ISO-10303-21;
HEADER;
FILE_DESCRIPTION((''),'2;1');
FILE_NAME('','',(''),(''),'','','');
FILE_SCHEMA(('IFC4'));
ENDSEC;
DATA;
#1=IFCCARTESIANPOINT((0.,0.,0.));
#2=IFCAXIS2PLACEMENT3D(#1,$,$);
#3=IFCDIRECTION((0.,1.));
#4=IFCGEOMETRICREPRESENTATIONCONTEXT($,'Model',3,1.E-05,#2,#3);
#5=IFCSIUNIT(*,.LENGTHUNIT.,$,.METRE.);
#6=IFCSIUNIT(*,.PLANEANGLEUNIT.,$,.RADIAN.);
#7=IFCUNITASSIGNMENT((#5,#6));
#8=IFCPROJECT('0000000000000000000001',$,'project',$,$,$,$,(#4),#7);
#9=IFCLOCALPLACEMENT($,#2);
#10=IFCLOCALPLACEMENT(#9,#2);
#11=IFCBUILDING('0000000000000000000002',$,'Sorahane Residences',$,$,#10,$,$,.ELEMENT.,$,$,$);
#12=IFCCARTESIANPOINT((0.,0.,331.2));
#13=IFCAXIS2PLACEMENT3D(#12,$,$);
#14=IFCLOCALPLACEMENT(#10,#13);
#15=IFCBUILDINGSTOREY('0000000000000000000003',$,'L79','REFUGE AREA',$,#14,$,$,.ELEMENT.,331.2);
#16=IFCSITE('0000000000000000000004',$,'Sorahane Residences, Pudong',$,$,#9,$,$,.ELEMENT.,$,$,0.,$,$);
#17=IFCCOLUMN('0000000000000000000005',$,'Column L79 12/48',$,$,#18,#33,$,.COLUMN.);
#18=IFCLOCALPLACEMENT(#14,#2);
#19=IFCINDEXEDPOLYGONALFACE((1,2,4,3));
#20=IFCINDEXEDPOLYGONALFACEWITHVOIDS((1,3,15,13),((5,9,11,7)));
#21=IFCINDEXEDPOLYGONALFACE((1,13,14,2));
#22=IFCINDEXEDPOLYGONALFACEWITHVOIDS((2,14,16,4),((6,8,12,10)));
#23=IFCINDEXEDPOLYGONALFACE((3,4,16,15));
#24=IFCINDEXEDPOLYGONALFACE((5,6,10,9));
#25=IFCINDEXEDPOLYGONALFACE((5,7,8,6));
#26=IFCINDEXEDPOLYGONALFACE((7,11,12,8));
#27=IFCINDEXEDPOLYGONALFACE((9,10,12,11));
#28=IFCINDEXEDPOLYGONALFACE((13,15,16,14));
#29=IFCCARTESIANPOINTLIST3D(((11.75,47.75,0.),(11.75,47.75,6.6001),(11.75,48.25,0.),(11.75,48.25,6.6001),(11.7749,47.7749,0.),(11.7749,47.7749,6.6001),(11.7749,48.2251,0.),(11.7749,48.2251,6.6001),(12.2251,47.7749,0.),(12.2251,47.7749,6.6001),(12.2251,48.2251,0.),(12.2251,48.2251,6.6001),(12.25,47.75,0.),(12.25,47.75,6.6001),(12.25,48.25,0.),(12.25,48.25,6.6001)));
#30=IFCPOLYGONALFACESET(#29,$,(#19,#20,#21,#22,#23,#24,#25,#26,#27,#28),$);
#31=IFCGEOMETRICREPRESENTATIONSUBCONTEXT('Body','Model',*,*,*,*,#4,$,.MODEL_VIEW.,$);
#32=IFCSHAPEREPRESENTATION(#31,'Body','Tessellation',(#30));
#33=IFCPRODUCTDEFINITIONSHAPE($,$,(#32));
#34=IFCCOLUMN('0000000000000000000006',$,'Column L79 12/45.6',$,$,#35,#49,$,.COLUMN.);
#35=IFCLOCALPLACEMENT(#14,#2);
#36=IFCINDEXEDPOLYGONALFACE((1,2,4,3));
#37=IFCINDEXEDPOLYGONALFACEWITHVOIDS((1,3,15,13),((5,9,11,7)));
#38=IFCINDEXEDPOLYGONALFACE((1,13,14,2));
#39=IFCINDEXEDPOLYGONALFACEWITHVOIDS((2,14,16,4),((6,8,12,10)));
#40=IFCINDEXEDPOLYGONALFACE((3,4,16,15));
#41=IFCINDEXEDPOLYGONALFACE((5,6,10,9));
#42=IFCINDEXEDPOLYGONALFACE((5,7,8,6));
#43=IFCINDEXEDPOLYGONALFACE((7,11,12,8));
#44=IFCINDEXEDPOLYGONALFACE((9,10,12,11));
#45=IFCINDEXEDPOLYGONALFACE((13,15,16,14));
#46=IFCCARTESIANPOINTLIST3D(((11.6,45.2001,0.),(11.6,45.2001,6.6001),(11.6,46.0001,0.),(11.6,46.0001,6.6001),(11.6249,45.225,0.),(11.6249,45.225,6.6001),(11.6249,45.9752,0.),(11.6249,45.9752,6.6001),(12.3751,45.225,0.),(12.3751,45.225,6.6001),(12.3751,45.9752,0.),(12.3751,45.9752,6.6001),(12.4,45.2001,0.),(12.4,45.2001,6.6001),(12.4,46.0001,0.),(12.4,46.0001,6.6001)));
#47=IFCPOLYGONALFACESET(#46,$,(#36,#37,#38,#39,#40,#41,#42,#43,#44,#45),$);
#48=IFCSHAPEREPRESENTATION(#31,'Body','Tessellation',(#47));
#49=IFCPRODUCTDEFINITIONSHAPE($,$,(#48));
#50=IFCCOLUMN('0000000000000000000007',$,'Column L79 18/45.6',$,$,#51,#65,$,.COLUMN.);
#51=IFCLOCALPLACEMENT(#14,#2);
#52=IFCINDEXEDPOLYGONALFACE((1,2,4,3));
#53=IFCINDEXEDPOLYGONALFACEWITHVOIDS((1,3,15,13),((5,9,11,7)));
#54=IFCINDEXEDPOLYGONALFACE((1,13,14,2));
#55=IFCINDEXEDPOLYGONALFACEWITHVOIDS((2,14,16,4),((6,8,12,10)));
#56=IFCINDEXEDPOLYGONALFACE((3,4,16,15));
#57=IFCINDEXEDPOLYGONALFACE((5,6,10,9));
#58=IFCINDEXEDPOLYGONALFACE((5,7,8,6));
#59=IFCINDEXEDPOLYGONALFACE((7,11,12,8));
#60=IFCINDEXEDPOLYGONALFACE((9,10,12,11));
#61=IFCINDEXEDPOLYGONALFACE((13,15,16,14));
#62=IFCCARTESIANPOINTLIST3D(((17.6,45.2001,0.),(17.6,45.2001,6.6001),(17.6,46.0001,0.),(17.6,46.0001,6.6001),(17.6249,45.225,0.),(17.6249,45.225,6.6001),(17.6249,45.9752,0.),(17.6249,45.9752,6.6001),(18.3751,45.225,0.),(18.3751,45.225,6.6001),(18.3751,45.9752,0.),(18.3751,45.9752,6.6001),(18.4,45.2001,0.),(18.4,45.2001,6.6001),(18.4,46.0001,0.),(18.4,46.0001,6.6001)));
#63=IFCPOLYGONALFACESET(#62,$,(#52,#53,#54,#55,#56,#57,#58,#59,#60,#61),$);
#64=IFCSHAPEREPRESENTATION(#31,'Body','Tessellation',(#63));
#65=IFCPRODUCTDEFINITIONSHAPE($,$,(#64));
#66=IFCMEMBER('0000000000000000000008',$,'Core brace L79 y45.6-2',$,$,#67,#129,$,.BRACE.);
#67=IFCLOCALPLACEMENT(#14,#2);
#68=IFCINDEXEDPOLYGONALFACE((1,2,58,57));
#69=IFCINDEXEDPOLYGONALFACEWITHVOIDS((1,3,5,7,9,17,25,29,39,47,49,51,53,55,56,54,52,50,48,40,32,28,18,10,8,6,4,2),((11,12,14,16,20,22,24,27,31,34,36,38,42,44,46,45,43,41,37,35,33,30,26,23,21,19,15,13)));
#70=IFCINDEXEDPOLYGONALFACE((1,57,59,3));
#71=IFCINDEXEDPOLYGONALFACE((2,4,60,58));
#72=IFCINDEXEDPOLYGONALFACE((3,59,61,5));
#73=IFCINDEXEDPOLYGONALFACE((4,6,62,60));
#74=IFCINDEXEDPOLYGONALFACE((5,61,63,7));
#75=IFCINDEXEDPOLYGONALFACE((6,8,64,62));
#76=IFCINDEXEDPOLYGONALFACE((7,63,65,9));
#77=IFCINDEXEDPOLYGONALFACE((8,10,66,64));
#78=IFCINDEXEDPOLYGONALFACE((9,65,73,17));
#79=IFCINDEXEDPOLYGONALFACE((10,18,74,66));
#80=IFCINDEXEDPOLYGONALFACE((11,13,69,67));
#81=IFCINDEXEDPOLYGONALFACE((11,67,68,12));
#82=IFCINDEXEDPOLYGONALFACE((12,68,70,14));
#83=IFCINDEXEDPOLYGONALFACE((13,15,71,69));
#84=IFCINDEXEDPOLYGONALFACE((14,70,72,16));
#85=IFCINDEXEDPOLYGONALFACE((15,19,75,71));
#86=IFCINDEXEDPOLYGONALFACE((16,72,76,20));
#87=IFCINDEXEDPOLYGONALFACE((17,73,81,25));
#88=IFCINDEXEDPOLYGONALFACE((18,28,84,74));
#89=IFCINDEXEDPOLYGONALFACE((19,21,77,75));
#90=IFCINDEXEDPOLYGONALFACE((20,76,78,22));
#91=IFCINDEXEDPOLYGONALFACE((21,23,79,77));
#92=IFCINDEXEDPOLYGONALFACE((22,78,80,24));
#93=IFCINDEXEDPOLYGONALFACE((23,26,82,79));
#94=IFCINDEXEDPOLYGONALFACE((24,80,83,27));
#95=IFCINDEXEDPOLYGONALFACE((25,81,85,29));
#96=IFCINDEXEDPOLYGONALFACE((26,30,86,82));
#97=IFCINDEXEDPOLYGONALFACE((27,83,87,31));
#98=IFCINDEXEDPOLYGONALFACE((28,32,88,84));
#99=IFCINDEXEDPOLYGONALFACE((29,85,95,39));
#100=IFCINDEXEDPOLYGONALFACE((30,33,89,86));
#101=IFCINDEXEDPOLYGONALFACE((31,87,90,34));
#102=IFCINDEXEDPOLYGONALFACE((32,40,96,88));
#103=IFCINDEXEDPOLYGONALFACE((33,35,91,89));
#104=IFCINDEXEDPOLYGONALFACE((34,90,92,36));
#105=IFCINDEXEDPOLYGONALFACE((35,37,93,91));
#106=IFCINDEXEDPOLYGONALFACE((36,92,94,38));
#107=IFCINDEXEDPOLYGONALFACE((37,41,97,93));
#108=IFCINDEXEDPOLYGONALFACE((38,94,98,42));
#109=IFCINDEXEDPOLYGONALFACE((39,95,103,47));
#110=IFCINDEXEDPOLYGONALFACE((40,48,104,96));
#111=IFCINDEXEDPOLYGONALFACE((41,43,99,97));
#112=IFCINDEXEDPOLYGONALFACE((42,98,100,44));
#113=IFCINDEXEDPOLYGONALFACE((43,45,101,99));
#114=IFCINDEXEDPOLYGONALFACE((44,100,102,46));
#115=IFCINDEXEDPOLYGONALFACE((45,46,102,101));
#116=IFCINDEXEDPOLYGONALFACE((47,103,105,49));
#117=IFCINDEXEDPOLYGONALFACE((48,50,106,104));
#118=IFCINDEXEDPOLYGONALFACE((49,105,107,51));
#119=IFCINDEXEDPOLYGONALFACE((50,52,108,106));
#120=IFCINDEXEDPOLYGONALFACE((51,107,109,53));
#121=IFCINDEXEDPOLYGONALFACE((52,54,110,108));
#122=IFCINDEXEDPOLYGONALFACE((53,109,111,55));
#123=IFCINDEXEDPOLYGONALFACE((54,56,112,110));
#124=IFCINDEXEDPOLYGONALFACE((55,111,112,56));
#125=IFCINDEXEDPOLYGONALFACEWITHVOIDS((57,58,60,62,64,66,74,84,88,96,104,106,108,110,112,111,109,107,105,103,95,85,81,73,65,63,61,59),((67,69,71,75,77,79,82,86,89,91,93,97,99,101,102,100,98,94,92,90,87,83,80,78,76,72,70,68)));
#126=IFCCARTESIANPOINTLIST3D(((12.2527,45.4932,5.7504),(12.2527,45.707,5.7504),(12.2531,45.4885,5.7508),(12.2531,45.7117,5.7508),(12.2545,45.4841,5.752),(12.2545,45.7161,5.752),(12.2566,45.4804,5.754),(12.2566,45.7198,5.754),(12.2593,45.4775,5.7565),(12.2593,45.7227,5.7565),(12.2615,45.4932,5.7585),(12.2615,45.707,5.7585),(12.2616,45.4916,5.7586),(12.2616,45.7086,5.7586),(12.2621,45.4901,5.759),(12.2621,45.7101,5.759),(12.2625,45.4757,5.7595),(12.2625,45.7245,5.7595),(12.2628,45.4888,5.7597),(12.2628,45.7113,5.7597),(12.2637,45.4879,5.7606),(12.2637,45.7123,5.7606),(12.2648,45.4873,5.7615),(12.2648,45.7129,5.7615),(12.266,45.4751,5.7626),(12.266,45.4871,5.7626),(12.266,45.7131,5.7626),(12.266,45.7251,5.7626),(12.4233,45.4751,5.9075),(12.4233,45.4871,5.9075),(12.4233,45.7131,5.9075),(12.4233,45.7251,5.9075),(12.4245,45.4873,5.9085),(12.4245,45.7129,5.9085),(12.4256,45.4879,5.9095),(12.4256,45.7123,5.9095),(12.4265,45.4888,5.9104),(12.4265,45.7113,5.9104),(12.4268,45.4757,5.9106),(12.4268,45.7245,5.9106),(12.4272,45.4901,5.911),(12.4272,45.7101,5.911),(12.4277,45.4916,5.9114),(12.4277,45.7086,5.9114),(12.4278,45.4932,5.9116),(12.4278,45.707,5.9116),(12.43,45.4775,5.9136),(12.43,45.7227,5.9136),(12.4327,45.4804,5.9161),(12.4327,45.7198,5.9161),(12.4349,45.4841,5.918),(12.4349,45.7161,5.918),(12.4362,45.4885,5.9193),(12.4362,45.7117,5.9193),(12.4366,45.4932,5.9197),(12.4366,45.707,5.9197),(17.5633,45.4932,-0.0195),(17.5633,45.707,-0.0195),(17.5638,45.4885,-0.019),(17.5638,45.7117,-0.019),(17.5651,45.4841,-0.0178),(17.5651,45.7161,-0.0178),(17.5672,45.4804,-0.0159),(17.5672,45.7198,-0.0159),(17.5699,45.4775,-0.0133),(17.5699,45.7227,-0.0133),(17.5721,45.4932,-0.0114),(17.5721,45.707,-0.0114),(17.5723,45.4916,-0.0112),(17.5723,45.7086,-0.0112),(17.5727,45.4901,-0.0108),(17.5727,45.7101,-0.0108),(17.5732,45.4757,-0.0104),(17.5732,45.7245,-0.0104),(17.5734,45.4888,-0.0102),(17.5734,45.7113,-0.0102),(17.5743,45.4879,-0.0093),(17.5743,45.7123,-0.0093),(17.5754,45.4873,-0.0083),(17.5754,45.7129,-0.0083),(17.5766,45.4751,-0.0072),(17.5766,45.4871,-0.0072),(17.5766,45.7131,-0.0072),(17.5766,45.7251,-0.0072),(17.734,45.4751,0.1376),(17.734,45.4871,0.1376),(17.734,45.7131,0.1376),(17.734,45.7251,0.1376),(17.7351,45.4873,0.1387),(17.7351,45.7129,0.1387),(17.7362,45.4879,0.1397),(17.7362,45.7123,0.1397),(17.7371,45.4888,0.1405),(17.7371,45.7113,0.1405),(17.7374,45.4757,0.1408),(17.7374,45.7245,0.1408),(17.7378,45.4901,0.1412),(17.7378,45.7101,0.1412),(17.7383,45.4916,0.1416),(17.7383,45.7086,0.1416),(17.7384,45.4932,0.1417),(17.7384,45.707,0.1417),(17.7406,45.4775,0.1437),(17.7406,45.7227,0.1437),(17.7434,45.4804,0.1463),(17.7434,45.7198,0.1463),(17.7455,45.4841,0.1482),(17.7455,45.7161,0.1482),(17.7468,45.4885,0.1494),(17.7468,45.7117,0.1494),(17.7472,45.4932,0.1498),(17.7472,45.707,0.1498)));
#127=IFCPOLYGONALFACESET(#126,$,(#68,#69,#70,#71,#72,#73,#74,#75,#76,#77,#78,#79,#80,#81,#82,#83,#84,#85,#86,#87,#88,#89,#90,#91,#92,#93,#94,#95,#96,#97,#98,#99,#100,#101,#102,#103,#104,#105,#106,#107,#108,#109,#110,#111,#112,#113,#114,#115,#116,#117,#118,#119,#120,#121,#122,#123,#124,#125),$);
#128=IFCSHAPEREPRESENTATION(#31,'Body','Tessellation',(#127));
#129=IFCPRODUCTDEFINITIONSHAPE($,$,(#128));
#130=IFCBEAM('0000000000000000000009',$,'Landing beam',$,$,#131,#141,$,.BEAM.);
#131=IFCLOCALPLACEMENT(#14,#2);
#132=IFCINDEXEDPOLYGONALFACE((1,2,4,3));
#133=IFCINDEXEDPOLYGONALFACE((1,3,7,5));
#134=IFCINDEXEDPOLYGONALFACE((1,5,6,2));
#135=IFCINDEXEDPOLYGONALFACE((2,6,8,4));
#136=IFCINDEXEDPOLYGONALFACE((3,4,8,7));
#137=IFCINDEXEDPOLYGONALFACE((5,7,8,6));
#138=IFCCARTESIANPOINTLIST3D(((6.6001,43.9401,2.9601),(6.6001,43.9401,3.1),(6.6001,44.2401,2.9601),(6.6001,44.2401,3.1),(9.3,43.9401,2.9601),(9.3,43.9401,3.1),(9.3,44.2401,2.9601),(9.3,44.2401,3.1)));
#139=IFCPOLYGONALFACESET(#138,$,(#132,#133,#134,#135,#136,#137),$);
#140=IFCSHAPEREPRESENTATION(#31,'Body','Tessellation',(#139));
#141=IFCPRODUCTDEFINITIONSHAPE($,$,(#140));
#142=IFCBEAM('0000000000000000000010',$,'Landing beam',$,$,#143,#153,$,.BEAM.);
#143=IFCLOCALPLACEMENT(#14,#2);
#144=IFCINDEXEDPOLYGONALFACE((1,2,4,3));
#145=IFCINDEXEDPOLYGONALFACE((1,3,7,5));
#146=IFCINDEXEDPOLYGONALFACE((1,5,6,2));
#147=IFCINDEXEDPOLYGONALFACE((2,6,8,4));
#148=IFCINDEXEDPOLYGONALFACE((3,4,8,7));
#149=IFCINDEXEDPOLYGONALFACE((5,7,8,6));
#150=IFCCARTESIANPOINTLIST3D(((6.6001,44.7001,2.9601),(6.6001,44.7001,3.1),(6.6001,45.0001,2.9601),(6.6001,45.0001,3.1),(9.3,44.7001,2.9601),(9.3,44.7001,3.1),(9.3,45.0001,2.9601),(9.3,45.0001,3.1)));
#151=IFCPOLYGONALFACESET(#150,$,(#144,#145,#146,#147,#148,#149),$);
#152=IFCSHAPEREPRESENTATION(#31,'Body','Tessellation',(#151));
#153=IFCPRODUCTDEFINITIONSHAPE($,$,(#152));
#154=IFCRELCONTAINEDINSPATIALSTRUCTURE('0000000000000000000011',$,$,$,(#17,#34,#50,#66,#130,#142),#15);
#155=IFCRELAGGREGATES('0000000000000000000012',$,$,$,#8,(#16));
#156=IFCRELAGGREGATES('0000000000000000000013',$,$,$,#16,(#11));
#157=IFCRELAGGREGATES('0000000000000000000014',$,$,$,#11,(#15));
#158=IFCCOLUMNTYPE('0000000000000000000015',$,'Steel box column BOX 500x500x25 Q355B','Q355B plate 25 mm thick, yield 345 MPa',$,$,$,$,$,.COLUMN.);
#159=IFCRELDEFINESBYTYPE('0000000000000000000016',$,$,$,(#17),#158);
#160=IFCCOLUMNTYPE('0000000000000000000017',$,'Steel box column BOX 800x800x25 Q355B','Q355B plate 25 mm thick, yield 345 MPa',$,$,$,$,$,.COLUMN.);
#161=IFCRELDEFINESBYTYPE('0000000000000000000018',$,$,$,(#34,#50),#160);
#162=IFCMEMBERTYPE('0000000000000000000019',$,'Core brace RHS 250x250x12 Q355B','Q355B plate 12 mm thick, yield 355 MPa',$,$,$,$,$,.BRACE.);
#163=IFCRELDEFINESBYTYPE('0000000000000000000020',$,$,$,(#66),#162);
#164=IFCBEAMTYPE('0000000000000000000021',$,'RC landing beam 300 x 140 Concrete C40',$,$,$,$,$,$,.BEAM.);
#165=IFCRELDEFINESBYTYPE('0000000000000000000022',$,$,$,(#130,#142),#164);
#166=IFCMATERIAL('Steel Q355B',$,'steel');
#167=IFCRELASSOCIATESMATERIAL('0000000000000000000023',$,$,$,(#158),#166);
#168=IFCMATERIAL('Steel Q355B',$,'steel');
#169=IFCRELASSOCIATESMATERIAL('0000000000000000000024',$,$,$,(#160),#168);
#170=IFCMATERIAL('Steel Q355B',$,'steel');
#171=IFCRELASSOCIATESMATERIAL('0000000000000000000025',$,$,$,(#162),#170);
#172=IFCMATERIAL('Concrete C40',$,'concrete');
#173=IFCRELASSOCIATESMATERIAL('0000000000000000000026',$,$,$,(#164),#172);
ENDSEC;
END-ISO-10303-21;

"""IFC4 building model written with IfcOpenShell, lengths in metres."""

from ifc_helpers import new_model, si_unit, direction, frame, origin, origin_2d, place, context, subcontext, project, spatial, rectangle, hollow_rectangle, extrude, material, material_profile, profile_set, type_object, element, save


model = new_model("IFC4")

# Units and contexts
model_context = context("Model", 3, precision=1e-05, world=origin(), true_north=direction((0.0, 1.0)))
body_context = subcontext(model_context, "Body", "Model", "MODEL_VIEW")
ifc_project = project(units=[si_unit("LENGTHUNIT", "METRE"), si_unit("PLANEANGLEUNIT", "RADIAN")], contexts=[model_context])

# Site, building, storey
site_placement = place(None, origin())
site = spatial("IfcSite", under=ifc_project, at=site_placement, Name="Sorahane Residences, Pudong", CompositionType="ELEMENT", RefElevation=0.0)
building_placement = place(site_placement, origin())
building = spatial("IfcBuilding", under=site, at=building_placement, Name="Sorahane Residences", CompositionType="ELEMENT")
storey_placement = place(building_placement, frame((0.0, 0.0, 331.2)))
storey = spatial("IfcBuildingStorey", under=building, at=storey_placement, Name="L79", Description="REFUGE AREA", CompositionType="ELEMENT", Elevation=331.2)

# Columns
ifc_material_1 = material(Name="Steel Q355B", Category="steel")
ifc_material_profile_1 = material_profile(ifc_material_1, hollow_rectangle(XDim=0.5, YDim=0.5, WallThickness=0.0249, at=origin_2d()), Name="BOX 500x500x25")
ifc_profile_set_1 = profile_set([ifc_material_profile_1], Name="Steel Q355B")
column_type_1 = type_object("IfcColumnType", Name="Steel box column BOX 500x500x25 Q355B", Description="Q355B plate 25 mm thick, yield 345 MPa", PredefinedType="COLUMN", material=ifc_profile_set_1)
column_placement = place(storey_placement, frame((12.0, 48.0, 0.0), z_axis=(0.0, 0.0, 1.0), x_axis=(1.0, 0.0, 0.0)))
element("IfcColumn", 1, at=column_placement, inside=storey, type_object=column_type_1, Name="Column L79 12/48", PredefinedType="COLUMN", context=body_context, shape_type="SweptSolid", body=[
    extrude(hollow_rectangle(XDim=0.5, YDim=0.5, WallThickness=0.0249, at=origin_2d()), origin(), (0.0, 0.0, 1.0), 6.6001),
])
ifc_material_2 = material(Name="Steel Q355B", Category="steel")
ifc_material_profile_2 = material_profile(ifc_material_2, hollow_rectangle(XDim=0.8, YDim=0.8, WallThickness=0.0249, at=origin_2d()), Name="BOX 800x800x25")
ifc_profile_set_2 = profile_set([ifc_material_profile_2], Name="Steel Q355B")
column_type_2 = type_object("IfcColumnType", Name="Steel box column BOX 800x800x25 Q355B", Description="Q355B plate 25 mm thick, yield 345 MPa", PredefinedType="COLUMN", material=ifc_profile_set_2)
for number, where, z_axis, x_axis, name in (
    (2, (12.0, 45.6001, 0.0), (0.0, 0.0, 1.0), (1.0, 0.0, 0.0), "Column L79 12/45.6"),
    (3, (18.0, 45.6001, 0.0), (0.0, 0.0, 1.0), (1.0, 0.0, 0.0), "Column L79 18/45.6"),
):
    element("IfcColumn", number, at=place(storey_placement, frame(where, z_axis=z_axis, x_axis=x_axis)), inside=storey, type_object=column_type_2, Name=name, PredefinedType="COLUMN", context=body_context, shape_type="SweptSolid", body=[
        extrude(hollow_rectangle(XDim=0.8, YDim=0.8, WallThickness=0.0249, at=origin_2d()), origin(), (0.0, 0.0, 1.0), 6.6001),
    ])

# Member
ifc_material_3 = material(Name="Steel Q355B", Category="steel")
ifc_material_profile_3 = material_profile(ifc_material_3, hollow_rectangle(XDim=0.25, YDim=0.25, WallThickness=0.012, InnerFilletRadius=0.0061, OuterFilletRadius=0.0181, at=origin_2d()), Name="RHS 250x250x12")
ifc_profile_set_3 = profile_set([ifc_material_profile_3], Name="Steel Q355B")
member_type = type_object("IfcMemberType", Name="Core brace RHS 250x250x12 Q355B", Description="Q355B plate 12 mm thick, yield 355 MPa", PredefinedType="BRACE", material=ifc_profile_set_3)
member_placement = place(storey_placement, frame((17.6553, 45.6001, 0.0652), z_axis=(-0.677219, 0.0, 0.735781), x_axis=(0.0, -1.0, 0.0)))
element("IfcMember", 4, at=member_placement, inside=storey, type_object=member_type, Name="Core brace L79 y45.6-2", PredefinedType="BRACE", context=body_context, shape_type="SweptSolid", body=[
    extrude(hollow_rectangle(XDim=0.25, YDim=0.25, WallThickness=0.012, InnerFilletRadius=0.0061, OuterFilletRadius=0.0181, at=origin_2d()), origin(), (0.0, 0.0, 1.0), 7.8418),
])

# Beams
ifc_material_4 = material(Name="Concrete C40", Category="concrete")
ifc_material_profile_4 = material_profile(ifc_material_4, rectangle(XDim=0.3, YDim=0.1399, at=origin_2d()), Name="300x140")
ifc_profile_set_4 = profile_set([ifc_material_profile_4], Name="Concrete C40")
beam_type_1 = type_object("IfcBeamType", Name="RC landing beam 300 x 140 Concrete C40", PredefinedType="BEAM", material=ifc_profile_set_4)
for number, where, z_axis, x_axis, name in (
    (5, (6.6001, 44.0901, 3.03), (1.0, 0.0, 0.0), (0.0, 1.0, 0.0), "Landing beam"),
    (6, (6.6001, 44.8501, 3.03), (1.0, 0.0, 0.0), (0.0, 1.0, 0.0), "Landing beam"),
):
    element("IfcBeam", number, at=place(storey_placement, frame(where, z_axis=z_axis, x_axis=x_axis)), inside=storey, type_object=beam_type_1, Name=name, PredefinedType="BEAM", context=body_context, shape_type="SweptSolid", body=[
        extrude(rectangle(XDim=0.3, YDim=0.1399, at=origin_2d()), origin(), (0.0, 0.0, 1.0), 2.7),
    ])

save(model, "model.ifc")
